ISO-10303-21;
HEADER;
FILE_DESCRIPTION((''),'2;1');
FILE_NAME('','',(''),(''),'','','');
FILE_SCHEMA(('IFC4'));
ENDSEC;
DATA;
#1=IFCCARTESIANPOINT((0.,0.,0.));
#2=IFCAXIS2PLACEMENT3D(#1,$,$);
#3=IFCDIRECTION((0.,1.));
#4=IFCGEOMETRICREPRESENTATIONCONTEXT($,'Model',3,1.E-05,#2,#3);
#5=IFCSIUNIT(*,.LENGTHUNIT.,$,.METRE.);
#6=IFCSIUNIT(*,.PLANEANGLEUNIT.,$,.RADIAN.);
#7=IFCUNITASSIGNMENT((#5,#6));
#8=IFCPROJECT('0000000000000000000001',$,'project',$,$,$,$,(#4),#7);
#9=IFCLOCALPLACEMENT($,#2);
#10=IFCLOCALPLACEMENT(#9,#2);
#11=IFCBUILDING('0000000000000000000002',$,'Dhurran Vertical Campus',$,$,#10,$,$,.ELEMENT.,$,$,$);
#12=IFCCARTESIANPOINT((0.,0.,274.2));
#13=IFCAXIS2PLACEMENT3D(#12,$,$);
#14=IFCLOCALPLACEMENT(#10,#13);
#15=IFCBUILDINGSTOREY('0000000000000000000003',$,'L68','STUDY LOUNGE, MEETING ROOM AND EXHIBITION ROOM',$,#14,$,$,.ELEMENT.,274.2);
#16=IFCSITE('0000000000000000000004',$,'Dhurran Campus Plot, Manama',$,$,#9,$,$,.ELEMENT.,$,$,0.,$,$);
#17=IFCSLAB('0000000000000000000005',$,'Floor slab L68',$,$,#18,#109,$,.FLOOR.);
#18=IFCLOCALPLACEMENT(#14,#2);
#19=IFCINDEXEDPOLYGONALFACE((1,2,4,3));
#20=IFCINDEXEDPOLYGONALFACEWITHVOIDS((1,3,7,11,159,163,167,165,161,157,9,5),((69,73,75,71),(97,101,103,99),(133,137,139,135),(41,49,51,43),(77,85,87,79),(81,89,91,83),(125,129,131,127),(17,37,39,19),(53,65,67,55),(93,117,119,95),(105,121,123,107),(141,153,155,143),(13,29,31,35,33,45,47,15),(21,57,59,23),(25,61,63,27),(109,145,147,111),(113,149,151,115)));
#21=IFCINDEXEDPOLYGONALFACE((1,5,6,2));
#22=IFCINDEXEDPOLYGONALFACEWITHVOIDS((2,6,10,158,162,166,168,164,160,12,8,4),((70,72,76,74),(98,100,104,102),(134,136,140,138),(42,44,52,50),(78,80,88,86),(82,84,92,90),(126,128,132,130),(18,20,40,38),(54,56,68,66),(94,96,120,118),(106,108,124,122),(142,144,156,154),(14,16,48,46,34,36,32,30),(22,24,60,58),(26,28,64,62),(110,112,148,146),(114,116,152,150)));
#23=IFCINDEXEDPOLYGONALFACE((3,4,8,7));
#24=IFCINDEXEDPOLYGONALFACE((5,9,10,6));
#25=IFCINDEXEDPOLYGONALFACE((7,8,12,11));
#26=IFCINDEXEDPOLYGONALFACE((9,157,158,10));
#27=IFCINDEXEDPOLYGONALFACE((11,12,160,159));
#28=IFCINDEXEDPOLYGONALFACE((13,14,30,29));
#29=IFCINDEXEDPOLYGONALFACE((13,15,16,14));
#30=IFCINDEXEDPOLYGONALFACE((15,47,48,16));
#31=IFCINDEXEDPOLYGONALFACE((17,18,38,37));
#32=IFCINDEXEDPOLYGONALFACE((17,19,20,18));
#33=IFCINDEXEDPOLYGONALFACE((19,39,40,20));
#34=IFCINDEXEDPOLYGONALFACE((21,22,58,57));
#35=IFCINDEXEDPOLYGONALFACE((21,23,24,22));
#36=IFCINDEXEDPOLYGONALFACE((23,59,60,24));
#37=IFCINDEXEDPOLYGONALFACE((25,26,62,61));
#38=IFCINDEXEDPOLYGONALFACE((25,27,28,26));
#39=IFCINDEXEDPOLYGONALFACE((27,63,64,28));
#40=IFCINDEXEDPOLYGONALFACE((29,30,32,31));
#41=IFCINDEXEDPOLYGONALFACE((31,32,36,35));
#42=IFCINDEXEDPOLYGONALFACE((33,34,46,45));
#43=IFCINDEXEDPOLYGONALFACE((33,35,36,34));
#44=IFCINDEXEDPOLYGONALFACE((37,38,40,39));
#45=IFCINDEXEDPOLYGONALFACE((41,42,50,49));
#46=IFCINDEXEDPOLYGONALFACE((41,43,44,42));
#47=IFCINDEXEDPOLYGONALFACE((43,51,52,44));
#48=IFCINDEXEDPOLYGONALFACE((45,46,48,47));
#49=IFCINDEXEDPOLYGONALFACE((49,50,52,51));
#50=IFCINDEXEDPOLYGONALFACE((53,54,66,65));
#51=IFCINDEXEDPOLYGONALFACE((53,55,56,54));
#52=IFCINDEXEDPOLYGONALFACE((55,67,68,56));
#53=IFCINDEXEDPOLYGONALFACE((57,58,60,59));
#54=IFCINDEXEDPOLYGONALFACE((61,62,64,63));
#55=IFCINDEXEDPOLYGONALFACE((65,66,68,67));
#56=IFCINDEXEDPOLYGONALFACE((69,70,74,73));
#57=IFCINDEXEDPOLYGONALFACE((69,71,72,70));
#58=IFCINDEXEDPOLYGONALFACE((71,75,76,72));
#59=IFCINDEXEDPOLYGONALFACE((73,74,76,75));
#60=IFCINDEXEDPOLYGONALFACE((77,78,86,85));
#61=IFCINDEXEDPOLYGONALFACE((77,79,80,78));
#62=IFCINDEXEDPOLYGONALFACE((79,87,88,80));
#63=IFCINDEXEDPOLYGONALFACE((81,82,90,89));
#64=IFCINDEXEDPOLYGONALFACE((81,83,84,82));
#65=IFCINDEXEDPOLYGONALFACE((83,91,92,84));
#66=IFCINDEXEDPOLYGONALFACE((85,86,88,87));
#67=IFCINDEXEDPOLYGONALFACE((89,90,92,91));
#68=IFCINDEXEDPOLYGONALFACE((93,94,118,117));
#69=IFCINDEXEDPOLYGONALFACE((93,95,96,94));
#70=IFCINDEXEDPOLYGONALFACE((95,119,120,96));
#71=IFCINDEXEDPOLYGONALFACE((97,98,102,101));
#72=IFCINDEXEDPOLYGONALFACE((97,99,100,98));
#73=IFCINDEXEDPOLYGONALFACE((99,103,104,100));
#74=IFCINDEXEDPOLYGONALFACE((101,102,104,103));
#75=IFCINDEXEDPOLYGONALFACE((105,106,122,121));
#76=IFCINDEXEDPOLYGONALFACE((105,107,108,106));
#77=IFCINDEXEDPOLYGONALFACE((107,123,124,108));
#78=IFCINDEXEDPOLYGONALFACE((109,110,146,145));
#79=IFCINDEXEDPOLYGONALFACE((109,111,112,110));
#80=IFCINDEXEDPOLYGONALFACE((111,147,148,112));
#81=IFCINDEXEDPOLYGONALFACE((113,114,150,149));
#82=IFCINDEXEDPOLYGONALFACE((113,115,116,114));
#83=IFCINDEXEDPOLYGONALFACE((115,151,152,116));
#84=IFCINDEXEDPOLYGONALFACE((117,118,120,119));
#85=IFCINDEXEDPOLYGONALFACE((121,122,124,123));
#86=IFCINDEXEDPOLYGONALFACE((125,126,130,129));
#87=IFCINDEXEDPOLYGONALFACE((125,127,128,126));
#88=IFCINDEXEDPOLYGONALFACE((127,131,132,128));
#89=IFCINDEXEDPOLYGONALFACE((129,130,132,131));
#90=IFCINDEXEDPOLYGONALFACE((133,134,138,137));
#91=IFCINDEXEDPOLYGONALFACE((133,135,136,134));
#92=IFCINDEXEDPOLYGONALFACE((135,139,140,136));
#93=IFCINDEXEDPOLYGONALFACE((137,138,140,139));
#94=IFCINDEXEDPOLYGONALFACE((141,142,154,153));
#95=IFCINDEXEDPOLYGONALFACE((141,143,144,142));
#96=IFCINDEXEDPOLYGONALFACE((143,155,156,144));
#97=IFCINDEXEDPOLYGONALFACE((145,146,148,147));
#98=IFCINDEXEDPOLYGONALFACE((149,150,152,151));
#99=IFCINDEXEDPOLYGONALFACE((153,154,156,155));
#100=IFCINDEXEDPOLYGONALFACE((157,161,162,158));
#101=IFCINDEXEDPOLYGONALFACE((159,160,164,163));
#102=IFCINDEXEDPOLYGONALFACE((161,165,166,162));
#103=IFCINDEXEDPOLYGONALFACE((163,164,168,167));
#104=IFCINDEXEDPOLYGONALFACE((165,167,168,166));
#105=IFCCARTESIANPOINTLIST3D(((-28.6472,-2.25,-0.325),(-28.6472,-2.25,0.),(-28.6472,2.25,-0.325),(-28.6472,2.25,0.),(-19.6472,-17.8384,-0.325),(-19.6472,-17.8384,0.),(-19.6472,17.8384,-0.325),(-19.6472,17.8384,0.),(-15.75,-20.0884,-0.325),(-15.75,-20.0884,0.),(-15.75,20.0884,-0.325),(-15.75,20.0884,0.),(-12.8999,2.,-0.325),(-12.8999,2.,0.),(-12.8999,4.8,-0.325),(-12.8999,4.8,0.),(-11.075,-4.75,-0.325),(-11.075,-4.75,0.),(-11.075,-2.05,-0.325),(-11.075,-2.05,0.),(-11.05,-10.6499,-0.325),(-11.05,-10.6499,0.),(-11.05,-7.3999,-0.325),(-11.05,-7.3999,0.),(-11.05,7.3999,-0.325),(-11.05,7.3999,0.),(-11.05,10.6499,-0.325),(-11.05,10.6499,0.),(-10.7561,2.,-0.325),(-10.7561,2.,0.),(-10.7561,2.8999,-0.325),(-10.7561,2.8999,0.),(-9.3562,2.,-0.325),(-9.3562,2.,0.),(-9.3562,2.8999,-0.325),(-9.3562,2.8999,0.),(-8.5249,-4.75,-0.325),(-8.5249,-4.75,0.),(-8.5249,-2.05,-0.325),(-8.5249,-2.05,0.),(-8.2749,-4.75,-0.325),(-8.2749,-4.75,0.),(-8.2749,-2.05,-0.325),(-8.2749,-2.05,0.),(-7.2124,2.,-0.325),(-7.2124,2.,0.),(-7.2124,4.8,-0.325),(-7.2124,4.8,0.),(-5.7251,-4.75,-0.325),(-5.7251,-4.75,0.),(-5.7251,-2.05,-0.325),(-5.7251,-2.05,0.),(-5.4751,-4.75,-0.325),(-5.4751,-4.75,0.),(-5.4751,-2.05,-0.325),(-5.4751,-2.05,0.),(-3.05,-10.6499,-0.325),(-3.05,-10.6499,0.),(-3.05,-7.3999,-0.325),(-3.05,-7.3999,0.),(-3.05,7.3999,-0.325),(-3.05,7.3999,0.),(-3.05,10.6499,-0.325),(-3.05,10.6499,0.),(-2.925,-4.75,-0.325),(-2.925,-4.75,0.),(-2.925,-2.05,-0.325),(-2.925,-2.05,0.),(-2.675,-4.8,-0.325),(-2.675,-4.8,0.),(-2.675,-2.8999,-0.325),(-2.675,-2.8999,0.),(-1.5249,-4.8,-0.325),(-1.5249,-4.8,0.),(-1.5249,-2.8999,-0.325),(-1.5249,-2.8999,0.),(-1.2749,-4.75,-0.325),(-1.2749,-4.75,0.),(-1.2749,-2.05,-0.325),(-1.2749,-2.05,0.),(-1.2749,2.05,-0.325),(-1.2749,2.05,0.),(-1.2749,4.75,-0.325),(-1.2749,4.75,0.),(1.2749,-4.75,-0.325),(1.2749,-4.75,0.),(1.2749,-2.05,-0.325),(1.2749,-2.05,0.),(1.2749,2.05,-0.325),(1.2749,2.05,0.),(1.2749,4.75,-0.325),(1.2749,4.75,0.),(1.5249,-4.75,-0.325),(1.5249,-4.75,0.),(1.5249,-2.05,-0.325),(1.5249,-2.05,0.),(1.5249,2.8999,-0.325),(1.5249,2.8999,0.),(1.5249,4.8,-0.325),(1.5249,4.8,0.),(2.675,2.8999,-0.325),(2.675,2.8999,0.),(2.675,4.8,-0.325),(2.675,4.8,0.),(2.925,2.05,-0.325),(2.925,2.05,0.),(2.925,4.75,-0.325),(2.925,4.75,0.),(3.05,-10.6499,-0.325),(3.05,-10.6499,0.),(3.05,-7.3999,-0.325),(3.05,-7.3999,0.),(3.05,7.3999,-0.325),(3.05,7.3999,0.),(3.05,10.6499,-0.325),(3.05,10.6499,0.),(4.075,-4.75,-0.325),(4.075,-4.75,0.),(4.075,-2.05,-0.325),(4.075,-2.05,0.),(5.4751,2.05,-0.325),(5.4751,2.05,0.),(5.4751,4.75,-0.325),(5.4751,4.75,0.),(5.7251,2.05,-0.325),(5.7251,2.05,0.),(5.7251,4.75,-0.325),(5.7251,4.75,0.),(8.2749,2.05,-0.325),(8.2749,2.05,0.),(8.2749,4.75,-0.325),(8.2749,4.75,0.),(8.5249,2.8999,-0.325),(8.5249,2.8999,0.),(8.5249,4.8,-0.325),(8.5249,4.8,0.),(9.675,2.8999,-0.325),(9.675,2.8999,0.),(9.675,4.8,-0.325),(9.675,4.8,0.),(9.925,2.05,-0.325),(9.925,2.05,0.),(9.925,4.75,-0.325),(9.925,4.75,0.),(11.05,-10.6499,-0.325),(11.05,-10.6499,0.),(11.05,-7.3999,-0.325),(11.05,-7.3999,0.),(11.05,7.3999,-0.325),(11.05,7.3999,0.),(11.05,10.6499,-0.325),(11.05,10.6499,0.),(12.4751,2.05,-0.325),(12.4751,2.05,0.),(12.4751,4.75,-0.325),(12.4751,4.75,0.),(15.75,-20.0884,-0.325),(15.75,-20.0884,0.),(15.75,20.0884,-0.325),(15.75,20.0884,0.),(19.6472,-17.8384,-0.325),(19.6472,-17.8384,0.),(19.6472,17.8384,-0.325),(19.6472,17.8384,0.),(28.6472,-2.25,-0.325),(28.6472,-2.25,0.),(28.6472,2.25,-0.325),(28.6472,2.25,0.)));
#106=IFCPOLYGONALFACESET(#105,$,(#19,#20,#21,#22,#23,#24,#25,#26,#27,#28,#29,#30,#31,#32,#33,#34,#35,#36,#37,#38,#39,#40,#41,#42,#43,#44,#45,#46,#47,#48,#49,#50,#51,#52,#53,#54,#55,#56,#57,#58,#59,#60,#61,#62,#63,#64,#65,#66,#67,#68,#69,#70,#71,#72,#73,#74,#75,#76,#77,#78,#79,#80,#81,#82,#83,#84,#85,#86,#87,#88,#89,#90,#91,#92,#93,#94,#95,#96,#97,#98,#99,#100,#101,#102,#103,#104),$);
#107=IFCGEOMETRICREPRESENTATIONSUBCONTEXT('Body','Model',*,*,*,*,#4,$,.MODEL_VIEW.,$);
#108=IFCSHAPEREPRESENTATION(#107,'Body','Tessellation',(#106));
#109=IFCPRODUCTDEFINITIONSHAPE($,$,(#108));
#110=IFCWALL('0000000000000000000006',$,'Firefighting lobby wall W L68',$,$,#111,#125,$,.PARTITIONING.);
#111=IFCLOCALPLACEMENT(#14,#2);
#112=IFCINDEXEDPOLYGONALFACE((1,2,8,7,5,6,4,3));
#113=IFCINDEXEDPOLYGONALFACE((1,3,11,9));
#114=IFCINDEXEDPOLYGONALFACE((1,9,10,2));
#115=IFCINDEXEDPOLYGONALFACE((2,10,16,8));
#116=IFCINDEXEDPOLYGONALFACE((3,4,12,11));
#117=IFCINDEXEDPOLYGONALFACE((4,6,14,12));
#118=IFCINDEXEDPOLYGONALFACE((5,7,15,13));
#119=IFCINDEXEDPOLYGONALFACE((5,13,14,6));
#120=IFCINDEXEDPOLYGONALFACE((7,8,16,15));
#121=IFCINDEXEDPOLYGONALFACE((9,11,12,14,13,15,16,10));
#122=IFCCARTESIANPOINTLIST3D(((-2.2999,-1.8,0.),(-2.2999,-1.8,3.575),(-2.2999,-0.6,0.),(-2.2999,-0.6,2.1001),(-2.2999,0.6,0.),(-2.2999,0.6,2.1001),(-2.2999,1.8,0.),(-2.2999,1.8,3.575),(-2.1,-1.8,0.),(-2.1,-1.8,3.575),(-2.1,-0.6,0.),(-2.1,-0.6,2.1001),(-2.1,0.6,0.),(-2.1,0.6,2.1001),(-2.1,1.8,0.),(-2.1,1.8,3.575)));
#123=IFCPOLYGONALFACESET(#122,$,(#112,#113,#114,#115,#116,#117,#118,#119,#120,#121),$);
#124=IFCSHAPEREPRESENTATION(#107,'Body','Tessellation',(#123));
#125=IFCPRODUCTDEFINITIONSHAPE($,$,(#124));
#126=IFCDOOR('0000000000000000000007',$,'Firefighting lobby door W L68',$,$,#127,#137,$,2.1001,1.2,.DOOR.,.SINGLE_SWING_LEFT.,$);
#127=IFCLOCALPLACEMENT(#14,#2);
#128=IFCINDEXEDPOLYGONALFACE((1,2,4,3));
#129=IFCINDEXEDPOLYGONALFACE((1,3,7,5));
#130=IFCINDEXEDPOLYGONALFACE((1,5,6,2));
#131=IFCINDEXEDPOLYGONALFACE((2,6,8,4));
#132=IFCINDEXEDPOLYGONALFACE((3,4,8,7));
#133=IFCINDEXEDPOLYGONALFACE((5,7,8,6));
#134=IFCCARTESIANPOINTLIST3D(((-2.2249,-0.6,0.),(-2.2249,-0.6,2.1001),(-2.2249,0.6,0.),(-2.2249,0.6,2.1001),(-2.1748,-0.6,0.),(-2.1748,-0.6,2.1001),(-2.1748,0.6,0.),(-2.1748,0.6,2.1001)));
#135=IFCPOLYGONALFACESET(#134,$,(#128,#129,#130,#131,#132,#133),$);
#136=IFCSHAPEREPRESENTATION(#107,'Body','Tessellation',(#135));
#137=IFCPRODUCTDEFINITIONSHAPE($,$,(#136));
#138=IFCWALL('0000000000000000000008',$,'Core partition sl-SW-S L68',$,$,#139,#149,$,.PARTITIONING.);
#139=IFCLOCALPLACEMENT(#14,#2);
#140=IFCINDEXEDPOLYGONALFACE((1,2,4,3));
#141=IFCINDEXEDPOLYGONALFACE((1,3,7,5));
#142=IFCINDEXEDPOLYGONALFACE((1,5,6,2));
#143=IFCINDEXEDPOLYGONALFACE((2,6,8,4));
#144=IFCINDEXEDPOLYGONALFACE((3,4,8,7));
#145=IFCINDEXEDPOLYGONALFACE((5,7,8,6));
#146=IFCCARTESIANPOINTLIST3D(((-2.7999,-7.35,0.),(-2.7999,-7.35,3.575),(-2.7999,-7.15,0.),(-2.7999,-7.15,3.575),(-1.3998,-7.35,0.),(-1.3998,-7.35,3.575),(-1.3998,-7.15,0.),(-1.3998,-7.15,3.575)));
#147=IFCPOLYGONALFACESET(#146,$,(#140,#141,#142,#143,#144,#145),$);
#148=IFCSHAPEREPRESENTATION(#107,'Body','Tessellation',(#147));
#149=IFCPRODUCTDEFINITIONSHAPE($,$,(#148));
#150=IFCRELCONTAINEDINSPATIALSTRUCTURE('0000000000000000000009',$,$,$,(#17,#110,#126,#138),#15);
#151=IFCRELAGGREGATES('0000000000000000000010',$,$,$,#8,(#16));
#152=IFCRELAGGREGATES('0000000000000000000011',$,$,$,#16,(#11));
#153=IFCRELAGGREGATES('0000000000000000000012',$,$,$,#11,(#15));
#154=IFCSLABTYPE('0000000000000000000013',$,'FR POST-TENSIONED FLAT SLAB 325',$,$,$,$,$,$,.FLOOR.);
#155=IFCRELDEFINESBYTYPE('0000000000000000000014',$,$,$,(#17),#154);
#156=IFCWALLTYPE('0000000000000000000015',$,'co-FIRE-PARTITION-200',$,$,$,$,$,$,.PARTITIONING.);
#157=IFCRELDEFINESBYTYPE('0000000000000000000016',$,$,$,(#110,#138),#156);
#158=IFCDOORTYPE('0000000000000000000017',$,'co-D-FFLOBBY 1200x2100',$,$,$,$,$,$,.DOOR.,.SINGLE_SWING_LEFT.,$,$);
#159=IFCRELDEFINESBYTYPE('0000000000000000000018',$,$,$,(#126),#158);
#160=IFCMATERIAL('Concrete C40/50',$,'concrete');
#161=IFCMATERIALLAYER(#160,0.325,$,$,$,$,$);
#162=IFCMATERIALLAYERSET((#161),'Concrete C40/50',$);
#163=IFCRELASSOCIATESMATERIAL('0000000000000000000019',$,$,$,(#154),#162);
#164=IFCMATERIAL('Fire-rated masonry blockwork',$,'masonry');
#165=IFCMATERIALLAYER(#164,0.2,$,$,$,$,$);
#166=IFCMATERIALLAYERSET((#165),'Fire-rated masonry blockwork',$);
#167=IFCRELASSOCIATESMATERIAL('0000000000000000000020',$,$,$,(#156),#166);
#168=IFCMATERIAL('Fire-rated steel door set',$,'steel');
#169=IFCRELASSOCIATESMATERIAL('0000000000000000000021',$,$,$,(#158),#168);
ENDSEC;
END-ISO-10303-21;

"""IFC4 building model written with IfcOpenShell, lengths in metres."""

from ifc_helpers import new_model, si_unit, direction, frame, frame_2d, origin, place, context, subcontext, project, spatial, polyline, rectangle, outline, extrude, material, layer, layer_set, type_object, element, fill, save


model = new_model("IFC4")

# Units and contexts
model_context = context("Model", 3, precision=1e-05, world=origin(), true_north=direction((0.0, 1.0)))
body_context = subcontext(model_context, "Body", "Model", "MODEL_VIEW")
ifc_project = project(units=[si_unit("LENGTHUNIT", "METRE"), si_unit("PLANEANGLEUNIT", "RADIAN")], contexts=[model_context])

# Site, building, storey
site_placement = place(None, origin())
site = spatial("IfcSite", under=ifc_project, at=site_placement, Name="Dhurran Campus Plot, Manama", CompositionType="ELEMENT", RefElevation=0.0)
building_placement = place(site_placement, origin())
building = spatial("IfcBuilding", under=site, at=building_placement, Name="Dhurran Vertical Campus", CompositionType="ELEMENT")
storey_placement = place(building_placement, frame((0.0, 0.0, 274.2)))
storey = spatial("IfcBuildingStorey", under=building, at=storey_placement, Name="L68", Description="STUDY LOUNGE, MEETING ROOM AND EXHIBITION ROOM", CompositionType="ELEMENT", Elevation=274.2)

# Slab
ifc_material_1 = material(Name="Concrete C40/50", Category="concrete")
ifc_layer_1 = layer(ifc_material_1, 0.325)
ifc_layer_set_1 = layer_set([ifc_layer_1], Name="Concrete C40/50")
slab_type = type_object("IfcSlabType", Name="FR POST-TENSIONED FLAT SLAB 325", PredefinedType="FLOOR", material=ifc_layer_set_1)
slab_placement = place(storey_placement, frame((0.0, 0.0, -0.325)))
element("IfcSlab", 1, at=slab_placement, inside=storey, type_object=slab_type, Name="Floor slab L68", PredefinedType="FLOOR", context=body_context, shape_type="SweptSolid", body=[
    extrude(outline(polyline([(-15.75, -20.0884), (15.75, -20.0884), (19.6472, -17.8384), (28.6472, -2.25), (28.6472, 2.25), (19.6472, 17.8384), (15.75, 20.0884), (-15.75, 20.0884), (-19.6472, 17.8384), (-28.6472, 2.25), (-28.6472, -2.25), (-19.6472, -17.8384), (-15.75, -20.0884)]), holes=[polyline([(-1.2749, 2.05), (1.2749, 2.05), (1.2749, 4.75), (-1.2749, 4.75), (-1.2749, 2.05)]), polyline([(9.925, 2.05), (12.4751, 2.05), (12.4751, 4.75), (9.925, 4.75), (9.925, 2.05)]), polyline([(-1.2749, -4.75), (1.2749, -4.75), (1.2749, -2.05), (-1.2749, -2.05), (-1.2749, -4.75)]), polyline([(1.5249, -4.75), (4.075, -4.75), (4.075, -2.05), (1.5249, -2.05), (1.5249, -4.75)]), polyline([(2.925, 2.05), (5.4751, 2.05), (5.4751, 4.75), (2.925, 4.75), (2.925, 2.05)]), polyline([(5.7251, 2.05), (8.2749, 2.05), (8.2749, 4.75), (5.7251, 4.75), (5.7251, 2.05)]), polyline([(-11.075, -4.75), (-8.5249, -4.75), (-8.5249, -2.05), (-11.075, -2.05), (-11.075, -4.75)]), polyline([(-8.2749, -4.75), (-5.7251, -4.75), (-5.7251, -2.05), (-8.2749, -2.05), (-8.2749, -4.75)]), polyline([(-5.4751, -4.75), (-2.925, -4.75), (-2.925, -2.05), (-5.4751, -2.05), (-5.4751, -4.75)]), polyline([(-11.05, 7.3999), (-3.05, 7.3999), (-3.05, 10.6499), (-11.05, 10.6499), (-11.05, 7.3999)]), polyline([(3.05, 7.3999), (11.05, 7.3999), (11.05, 10.6499), (3.05, 10.6499), (3.05, 7.3999)]), polyline([(-11.05, -10.6499), (-3.05, -10.6499), (-3.05, -7.3999), (-11.05, -7.3999), (-11.05, -10.6499)]), polyline([(3.05, -10.6499), (11.05, -10.6499), (11.05, -7.3999), (3.05, -7.3999), (3.05, -10.6499)]), polyline([(-7.2124, 4.8), (-7.2124, 2.0), (-9.3562, 2.0), (-9.3562, 2.8999), (-10.7561, 2.8999), (-10.7561, 2.0), (-12.8999, 2.0), (-12.8999, 4.8), (-7.2124, 4.8)]), polyline([(2.675, 2.8999), (1.5249, 2.8999), (1.5249, 4.8), (2.675, 4.8), (2.675, 2.8999)]), polyline([(-2.675, -2.8999), (-1.5249, -2.8999), (-1.5249, -4.8), (-2.675, -4.8), (-2.675, -2.8999)]), polyline([(9.675, 2.8999), (8.5249, 2.8999), (8.5249, 4.8), (9.675, 4.8), (9.675, 2.8999)])]), origin(), (0.0, 0.0, 1.0), 0.325),
])

# Wall, opening, door
ifc_material_2 = material(Name="Fire-rated masonry blockwork", Category="masonry")
ifc_layer_2 = layer(ifc_material_2, 0.2)
ifc_layer_set_2 = layer_set([ifc_layer_2], Name="Fire-rated masonry blockwork")
wall_type_1 = type_object("IfcWallType", Name="co-FIRE-PARTITION-200", PredefinedType="PARTITIONING", material=ifc_layer_set_2)
wall_1_placement = place(storey_placement, frame((-2.2, -1.8, 0.0), z_axis=(0.0, 0.0, 1.0), x_axis=(0.0, 1.0, 0.0)))
wall_1 = element("IfcWall", 2, at=wall_1_placement, inside=storey, type_object=wall_type_1, Name="Firefighting lobby wall W L68", PredefinedType="PARTITIONING", context=body_context, shape_type="SweptSolid", body=[
    extrude(rectangle(XDim=3.6001, YDim=0.2, at=frame_2d((1.8, 0.0))), origin(), (0.0, 0.0, 1.0), 3.575),
])
opening_1_placement = place(wall_1_placement, frame((1.2, 0.0, 0.0)))
opening_1 = element("IfcOpeningElement", 3, at=opening_1_placement, cuts=wall_1, PredefinedType="OPENING", context=body_context, shape_type="SweptSolid", body=[
    extrude(rectangle(XDim=1.2, YDim=2.1001, at=frame_2d((0.6001, 1.05))), frame((0.0, 0.1099, 0.0), z_axis=(0.0, -1.0, 0.0), x_axis=(1.0, 0.0, 0.0)), (0.0, 0.0, 1.0), 0.22),
])
ifc_material_3 = material(Name="Fire-rated steel door set", Category="steel")
door_type_1 = type_object("IfcDoorType", Name="co-D-FFLOBBY 1200x2100", OperationType="SINGLE_SWING_LEFT", PredefinedType="DOOR", material=ifc_material_3)
door_1_placement = place(opening_1_placement, origin())
door_1 = element("IfcDoor", 4, at=door_1_placement, inside=storey, type_object=door_type_1, Name="Firefighting lobby door W L68", OperationType="SINGLE_SWING_LEFT", OverallHeight=2.1001, OverallWidth=1.2, PredefinedType="DOOR", context=body_context, shape_type="SweptSolid", body=[
    extrude(rectangle(XDim=1.2, YDim=2.1001, at=frame_2d((0.6001, 1.05))), frame((0.0, 0.0249, 0.0), z_axis=(0.0, -1.0, 0.0), x_axis=(1.0, 0.0, 0.0)), (0.0, 0.0, 1.0), 0.05),
])
fill(opening_1, door_1)

# Wall
wall_2_placement = place(storey_placement, frame((-2.8, -7.25, 0.0), z_axis=(0.0, 0.0, 1.0), x_axis=(1.0, 0.0, 0.0)))
element("IfcWall", 5, at=wall_2_placement, inside=storey, type_object=wall_type_1, Name="Core partition sl-SW-S L68", PredefinedType="PARTITIONING", context=body_context, shape_type="SweptSolid", body=[
    extrude(rectangle(XDim=1.4001, YDim=0.2, at=frame_2d((0.7002, 0.0))), origin(), (0.0, 0.0, 1.0), 3.575),
])

save(model, "model.ifc")
